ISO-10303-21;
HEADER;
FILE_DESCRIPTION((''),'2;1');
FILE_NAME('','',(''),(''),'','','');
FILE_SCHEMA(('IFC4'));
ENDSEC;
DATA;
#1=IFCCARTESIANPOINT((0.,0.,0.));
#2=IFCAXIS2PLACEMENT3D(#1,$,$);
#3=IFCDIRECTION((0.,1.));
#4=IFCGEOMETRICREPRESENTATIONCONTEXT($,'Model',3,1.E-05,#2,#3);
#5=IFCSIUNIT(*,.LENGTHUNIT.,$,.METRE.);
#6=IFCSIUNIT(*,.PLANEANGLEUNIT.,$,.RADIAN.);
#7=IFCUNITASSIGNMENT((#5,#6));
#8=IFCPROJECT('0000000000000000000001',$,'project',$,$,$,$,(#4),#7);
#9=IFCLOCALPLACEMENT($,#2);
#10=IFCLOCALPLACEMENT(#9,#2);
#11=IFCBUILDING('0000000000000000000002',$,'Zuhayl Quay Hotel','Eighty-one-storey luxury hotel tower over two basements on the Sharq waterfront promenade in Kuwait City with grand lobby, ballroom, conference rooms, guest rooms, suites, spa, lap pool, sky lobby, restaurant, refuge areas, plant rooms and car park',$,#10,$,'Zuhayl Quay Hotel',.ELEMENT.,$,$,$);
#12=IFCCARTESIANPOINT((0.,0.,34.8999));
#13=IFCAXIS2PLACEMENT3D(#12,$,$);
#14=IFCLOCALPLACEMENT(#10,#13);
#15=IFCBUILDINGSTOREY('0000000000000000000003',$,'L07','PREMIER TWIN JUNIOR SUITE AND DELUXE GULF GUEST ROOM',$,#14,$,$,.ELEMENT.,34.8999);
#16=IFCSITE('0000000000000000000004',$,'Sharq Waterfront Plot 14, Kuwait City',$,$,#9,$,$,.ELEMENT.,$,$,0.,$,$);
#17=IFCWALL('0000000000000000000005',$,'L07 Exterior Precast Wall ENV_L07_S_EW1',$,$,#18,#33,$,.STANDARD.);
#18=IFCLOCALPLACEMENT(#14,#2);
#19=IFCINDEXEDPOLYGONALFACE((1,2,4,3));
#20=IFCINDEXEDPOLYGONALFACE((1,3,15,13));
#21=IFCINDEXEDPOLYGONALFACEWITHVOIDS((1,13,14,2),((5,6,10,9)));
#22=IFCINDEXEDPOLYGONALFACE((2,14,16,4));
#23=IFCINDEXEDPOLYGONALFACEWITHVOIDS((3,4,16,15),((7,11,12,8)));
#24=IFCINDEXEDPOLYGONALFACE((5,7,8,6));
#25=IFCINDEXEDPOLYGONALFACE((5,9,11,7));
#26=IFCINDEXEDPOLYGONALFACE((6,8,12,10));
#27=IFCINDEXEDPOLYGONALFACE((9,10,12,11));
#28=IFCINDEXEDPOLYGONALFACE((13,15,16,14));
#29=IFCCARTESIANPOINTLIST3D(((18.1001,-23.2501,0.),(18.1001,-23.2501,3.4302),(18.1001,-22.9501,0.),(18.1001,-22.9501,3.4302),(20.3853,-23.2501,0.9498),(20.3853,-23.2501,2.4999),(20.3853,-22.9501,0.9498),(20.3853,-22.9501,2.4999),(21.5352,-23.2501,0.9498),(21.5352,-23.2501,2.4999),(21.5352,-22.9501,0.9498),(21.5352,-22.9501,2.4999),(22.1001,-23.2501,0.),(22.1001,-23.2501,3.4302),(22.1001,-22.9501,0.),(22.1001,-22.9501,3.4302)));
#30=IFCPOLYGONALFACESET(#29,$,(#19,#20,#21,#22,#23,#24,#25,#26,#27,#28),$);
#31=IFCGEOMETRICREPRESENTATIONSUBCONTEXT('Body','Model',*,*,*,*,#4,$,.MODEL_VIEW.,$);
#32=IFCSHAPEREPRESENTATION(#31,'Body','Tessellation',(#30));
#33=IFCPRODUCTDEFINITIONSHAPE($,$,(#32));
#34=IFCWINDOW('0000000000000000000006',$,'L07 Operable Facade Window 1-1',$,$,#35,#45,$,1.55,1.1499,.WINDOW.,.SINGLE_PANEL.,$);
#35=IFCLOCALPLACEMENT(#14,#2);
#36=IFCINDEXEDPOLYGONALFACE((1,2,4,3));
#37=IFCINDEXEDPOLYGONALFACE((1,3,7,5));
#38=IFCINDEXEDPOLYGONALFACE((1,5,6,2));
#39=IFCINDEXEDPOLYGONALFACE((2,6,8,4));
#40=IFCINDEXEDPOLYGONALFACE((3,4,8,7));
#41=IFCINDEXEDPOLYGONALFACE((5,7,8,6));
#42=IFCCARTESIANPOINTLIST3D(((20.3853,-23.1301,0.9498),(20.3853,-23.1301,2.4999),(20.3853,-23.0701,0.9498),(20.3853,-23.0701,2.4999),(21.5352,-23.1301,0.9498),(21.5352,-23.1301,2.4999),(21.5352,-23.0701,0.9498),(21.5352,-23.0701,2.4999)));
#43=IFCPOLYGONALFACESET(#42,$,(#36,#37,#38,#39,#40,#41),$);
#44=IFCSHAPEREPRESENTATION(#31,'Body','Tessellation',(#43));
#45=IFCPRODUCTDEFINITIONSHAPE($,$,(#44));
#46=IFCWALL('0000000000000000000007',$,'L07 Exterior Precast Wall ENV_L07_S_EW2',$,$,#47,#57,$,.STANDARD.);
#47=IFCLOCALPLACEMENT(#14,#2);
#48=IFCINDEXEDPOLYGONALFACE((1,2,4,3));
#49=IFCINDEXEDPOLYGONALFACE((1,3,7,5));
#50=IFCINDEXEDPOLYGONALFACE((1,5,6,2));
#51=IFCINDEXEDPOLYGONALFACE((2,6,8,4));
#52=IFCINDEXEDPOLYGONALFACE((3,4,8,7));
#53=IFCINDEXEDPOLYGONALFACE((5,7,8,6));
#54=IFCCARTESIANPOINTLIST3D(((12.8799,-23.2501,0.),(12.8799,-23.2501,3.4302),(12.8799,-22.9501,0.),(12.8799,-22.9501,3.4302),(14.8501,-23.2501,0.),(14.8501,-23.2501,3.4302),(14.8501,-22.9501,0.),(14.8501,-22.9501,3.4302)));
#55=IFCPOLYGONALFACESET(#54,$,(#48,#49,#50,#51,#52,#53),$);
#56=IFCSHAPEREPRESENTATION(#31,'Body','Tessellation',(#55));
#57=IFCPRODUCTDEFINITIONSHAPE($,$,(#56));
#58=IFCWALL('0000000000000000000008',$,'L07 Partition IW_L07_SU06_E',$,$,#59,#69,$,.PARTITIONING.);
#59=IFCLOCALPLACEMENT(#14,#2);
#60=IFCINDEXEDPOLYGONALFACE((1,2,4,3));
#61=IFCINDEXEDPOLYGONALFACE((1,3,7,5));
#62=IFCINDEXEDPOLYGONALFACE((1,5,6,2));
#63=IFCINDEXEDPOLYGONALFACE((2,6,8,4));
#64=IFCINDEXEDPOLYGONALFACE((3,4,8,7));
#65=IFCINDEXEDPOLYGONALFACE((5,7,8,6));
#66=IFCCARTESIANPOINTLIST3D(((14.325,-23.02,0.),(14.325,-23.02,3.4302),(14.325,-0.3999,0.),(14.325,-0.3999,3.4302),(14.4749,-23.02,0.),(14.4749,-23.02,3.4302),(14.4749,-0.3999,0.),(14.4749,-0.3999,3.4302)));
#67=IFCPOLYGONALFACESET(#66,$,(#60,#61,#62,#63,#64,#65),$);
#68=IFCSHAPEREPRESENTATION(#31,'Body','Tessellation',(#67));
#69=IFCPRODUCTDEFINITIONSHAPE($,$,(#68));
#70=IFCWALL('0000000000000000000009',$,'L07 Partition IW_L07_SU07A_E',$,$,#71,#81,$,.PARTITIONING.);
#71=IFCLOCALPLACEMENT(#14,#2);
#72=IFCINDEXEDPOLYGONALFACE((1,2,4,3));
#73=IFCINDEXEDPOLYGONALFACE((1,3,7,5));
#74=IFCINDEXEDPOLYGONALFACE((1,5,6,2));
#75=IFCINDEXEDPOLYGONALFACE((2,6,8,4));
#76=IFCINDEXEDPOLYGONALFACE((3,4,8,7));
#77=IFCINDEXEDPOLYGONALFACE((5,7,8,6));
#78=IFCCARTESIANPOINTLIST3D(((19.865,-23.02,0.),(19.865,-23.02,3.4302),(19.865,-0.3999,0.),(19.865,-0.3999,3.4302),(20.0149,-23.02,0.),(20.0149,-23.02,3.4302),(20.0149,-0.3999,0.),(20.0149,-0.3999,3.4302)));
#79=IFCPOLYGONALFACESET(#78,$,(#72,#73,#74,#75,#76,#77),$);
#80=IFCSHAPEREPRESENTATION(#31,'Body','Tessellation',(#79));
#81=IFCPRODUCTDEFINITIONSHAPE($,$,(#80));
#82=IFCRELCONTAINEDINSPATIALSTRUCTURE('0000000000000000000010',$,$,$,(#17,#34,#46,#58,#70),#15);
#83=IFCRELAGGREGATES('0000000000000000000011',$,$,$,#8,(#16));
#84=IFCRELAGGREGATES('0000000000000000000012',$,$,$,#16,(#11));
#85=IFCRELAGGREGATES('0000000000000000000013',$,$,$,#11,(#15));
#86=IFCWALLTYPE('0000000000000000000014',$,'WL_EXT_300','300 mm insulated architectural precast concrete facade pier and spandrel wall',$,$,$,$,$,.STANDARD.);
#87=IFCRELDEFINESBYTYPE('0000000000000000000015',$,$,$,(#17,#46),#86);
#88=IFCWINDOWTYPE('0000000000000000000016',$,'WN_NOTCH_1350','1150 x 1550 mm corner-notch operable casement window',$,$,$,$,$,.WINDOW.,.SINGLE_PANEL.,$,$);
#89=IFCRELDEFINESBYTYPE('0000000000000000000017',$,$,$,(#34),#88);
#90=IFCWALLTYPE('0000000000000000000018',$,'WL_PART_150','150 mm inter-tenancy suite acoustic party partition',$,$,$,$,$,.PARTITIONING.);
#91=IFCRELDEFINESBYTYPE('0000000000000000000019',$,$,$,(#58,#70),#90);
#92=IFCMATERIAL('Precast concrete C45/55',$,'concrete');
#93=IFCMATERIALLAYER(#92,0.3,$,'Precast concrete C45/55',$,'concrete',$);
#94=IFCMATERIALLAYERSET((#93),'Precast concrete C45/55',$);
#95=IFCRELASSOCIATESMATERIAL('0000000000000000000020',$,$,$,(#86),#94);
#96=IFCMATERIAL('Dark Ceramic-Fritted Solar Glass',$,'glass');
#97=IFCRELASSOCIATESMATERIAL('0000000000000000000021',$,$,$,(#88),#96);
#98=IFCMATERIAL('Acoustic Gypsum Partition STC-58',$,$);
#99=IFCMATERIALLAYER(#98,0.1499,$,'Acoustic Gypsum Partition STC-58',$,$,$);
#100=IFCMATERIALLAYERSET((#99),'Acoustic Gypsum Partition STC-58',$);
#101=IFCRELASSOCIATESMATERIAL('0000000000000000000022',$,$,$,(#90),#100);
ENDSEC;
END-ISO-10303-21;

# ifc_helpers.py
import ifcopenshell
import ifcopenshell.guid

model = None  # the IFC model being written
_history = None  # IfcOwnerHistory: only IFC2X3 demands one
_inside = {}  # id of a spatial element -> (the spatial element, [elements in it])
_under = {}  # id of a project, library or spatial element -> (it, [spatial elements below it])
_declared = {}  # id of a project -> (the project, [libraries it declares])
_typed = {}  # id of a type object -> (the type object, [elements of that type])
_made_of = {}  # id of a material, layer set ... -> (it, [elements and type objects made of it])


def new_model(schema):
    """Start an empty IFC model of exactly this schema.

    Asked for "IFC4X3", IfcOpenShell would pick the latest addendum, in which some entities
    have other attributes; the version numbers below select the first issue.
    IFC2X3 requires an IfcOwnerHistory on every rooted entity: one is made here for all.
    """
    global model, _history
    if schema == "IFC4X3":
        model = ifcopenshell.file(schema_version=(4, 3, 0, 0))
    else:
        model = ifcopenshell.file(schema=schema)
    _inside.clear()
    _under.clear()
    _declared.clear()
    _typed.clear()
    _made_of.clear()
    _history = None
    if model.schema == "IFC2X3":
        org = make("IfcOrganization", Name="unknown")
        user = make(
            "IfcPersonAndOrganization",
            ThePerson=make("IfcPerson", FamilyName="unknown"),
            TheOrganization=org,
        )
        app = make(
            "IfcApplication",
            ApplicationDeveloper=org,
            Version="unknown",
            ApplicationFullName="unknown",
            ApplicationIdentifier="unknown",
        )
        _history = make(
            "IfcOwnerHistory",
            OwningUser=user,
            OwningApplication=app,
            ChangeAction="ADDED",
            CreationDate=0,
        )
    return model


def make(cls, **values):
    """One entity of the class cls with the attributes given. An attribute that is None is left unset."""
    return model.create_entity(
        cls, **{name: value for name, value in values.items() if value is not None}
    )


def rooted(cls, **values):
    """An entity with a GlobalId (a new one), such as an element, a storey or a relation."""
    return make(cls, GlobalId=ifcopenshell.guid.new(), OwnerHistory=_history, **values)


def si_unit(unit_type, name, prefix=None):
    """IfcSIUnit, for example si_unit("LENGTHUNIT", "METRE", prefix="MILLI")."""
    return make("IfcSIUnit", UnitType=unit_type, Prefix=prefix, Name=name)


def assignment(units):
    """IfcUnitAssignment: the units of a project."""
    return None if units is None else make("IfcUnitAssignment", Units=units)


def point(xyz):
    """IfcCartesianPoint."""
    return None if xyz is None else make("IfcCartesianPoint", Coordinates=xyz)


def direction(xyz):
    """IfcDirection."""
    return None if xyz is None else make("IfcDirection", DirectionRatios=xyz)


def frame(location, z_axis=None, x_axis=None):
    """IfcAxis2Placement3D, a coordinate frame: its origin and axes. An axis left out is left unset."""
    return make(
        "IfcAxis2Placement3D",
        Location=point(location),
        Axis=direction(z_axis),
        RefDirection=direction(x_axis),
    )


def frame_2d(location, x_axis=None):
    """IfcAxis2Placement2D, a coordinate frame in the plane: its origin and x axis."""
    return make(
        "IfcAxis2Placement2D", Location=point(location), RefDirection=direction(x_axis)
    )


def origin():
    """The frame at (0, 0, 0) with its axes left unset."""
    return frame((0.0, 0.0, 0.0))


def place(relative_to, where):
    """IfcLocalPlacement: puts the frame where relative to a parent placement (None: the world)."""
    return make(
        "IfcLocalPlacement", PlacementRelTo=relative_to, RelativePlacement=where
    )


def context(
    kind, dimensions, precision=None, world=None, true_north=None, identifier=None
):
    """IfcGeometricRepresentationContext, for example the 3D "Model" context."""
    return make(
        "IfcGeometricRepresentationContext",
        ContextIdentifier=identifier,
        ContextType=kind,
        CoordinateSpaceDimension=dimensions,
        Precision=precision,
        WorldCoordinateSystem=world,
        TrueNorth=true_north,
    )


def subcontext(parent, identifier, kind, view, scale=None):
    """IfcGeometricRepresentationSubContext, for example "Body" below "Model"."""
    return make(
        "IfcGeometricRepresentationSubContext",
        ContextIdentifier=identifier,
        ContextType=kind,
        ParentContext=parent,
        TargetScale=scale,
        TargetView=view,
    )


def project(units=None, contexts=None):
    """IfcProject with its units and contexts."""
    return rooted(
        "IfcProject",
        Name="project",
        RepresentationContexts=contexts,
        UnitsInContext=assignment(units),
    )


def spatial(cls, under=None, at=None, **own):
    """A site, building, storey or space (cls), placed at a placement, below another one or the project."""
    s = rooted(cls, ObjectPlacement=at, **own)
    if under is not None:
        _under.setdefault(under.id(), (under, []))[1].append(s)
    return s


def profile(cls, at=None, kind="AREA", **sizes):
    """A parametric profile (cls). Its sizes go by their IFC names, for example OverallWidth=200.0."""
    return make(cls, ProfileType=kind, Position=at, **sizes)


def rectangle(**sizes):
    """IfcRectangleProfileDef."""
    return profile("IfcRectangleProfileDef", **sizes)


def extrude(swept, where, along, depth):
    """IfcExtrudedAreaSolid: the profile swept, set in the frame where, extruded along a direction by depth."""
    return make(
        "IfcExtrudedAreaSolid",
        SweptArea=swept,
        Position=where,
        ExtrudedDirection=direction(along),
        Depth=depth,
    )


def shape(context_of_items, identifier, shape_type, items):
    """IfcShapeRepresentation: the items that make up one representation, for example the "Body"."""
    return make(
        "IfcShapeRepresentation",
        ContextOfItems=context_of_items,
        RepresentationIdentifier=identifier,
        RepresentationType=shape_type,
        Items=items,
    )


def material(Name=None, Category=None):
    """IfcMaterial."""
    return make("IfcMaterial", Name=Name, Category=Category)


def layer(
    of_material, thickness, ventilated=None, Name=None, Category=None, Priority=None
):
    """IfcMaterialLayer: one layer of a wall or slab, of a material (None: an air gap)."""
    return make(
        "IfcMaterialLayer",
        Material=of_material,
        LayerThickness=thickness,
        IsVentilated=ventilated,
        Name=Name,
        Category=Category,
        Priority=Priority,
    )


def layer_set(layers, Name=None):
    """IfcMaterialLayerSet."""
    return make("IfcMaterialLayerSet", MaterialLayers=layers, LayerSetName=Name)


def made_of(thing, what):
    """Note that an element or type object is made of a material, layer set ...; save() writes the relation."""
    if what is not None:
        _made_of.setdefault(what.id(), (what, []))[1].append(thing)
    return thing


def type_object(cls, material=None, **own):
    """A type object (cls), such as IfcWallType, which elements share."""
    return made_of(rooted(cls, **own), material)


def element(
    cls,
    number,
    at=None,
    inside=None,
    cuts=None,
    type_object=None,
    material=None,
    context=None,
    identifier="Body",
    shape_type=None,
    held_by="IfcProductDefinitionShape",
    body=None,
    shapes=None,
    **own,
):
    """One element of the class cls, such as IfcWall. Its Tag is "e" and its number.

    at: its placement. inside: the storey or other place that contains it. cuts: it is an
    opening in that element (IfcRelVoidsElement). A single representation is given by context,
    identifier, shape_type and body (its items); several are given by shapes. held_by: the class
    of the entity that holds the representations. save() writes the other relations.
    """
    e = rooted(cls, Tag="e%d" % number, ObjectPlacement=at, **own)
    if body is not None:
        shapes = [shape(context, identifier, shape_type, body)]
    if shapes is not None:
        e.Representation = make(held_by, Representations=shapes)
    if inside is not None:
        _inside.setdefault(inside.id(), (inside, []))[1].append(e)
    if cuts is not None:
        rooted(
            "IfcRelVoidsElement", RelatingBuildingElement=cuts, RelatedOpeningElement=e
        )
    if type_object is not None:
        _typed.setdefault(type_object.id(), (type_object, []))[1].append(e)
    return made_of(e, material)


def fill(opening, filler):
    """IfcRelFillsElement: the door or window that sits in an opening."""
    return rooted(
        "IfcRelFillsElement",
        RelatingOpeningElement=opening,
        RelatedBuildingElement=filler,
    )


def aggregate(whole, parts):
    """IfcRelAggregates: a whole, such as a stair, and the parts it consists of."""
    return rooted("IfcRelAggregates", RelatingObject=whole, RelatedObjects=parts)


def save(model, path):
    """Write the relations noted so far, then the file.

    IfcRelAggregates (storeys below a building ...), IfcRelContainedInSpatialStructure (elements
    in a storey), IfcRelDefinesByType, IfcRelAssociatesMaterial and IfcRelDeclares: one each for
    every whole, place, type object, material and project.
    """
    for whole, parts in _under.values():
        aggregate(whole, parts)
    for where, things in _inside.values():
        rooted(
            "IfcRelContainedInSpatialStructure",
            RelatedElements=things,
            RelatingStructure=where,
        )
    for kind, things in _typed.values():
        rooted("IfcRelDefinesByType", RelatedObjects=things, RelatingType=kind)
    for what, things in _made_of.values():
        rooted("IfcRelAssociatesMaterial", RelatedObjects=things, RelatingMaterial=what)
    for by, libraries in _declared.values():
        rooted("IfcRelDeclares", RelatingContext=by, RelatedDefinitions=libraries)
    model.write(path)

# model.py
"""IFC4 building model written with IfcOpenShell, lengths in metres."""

from ifc_helpers import new_model, si_unit, direction, frame, frame_2d, origin, place, context, subcontext, project, spatial, rectangle, extrude, material, layer, layer_set, type_object, element, fill, save


model = new_model("IFC4")

# Units and contexts
model_context = context("Model", 3, precision=1e-05, world=origin(), true_north=direction((0.0, 1.0)))
body_context = subcontext(model_context, "Body", "Model", "MODEL_VIEW")
ifc_project = project(units=[si_unit("LENGTHUNIT", "METRE"), si_unit("PLANEANGLEUNIT", "RADIAN")], contexts=[model_context])

# Site, building, storey
site_placement = place(None, origin())
site = spatial("IfcSite", under=ifc_project, at=site_placement, Name="Sharq Waterfront Plot 14, Kuwait City", CompositionType="ELEMENT", RefElevation=0.0)
building_placement = place(site_placement, origin())
building = spatial("IfcBuilding", under=site, at=building_placement, Name="Zuhayl Quay Hotel", Description="Eighty-one-storey luxury hotel tower over two basements on the Sharq waterfront promenade in Kuwait City with grand lobby, ballroom, conference rooms, guest rooms, suites, spa, lap pool, sky lobby, restaurant, refuge areas, plant rooms and car park", LongName="Zuhayl Quay Hotel", CompositionType="ELEMENT")
storey_placement = place(building_placement, frame((0.0, 0.0, 34.8999)))
storey = spatial("IfcBuildingStorey", under=building, at=storey_placement, Name="L07", Description="PREMIER TWIN JUNIOR SUITE AND DELUXE GULF GUEST ROOM", CompositionType="ELEMENT", Elevation=34.8999)

# Shared definitions
ifc_material_1 = material(Name="Dark Ceramic-Fritted Solar Glass", Category="glass")

# Shared definitions
ifc_material_2 = material(Name="Precast concrete C45/55", Category="concrete")
ifc_layer_1 = layer(ifc_material_2, 0.3, Name="Precast concrete C45/55", Category="concrete")
ifc_layer_set_1 = layer_set([ifc_layer_1], Name="Precast concrete C45/55")
wall_type_1 = type_object("IfcWallType", Name="WL_EXT_300", Description="300 mm insulated architectural precast concrete facade pier and spandrel wall", PredefinedType="STANDARD", material=ifc_layer_set_1)

# Wall, opening, window
wall_1_placement = place(storey_placement, frame((22.1001, -23.1001, 0.0), z_axis=(0.0, 0.0, 1.0), x_axis=(-1.0, 0.0, 0.0)))
wall_1 = element("IfcWall", 1, at=wall_1_placement, inside=storey, type_object=wall_type_1, Name="L07 Exterior Precast Wall ENV_L07_S_EW1", PredefinedType="STANDARD", context=body_context, shape_type="SweptSolid", body=[
    extrude(rectangle(XDim=4.0, YDim=0.3, at=frame_2d((2.0, 0.0))), origin(), (0.0, 0.0, 1.0), 3.4302),
])
opening_placement = place(wall_1_placement, frame((0.5649, 0.0, 0.95)))
opening = element("IfcOpeningElement", 2, at=opening_placement, cuts=wall_1, PredefinedType="OPENING", context=body_context, shape_type="SweptSolid", body=[
    extrude(rectangle(XDim=1.1499, YDim=1.55, at=frame_2d((0.575, 0.7749))), frame((0.0, 0.1599, 0.0), z_axis=(0.0, -1.0, 0.0), x_axis=(1.0, 0.0, 0.0)), (0.0, 0.0, 1.0), 0.3201),
])
window_type = type_object("IfcWindowType", Name="WN_NOTCH_1350", Description="1150 x 1550 mm corner-notch operable casement window", PartitioningType="SINGLE_PANEL", PredefinedType="WINDOW", material=ifc_material_1)
window_placement = place(opening_placement, origin())
window = element("IfcWindow", 3, at=window_placement, inside=storey, type_object=window_type, Name="L07 Operable Facade Window 1-1", OverallHeight=1.55, OverallWidth=1.1499, PartitioningType="SINGLE_PANEL", PredefinedType="WINDOW", context=body_context, shape_type="SweptSolid", body=[
    extrude(rectangle(XDim=1.1499, YDim=1.55, at=frame_2d((0.575, 0.7749))), frame((0.0, 0.03, 0.0), z_axis=(0.0, -1.0, 0.0), x_axis=(1.0, 0.0, 0.0)), (0.0, 0.0, 1.0), 0.0601),
])
fill(opening, window)

# Walls
wall_2_placement = place(storey_placement, frame((14.8501, -23.1001, 0.0), z_axis=(0.0, 0.0, 1.0), x_axis=(-1.0, 0.0, 0.0)))
element("IfcWall", 4, at=wall_2_placement, inside=storey, type_object=wall_type_1, Name="L07 Exterior Precast Wall ENV_L07_S_EW2", PredefinedType="STANDARD", context=body_context, shape_type="SweptSolid", body=[
    extrude(rectangle(XDim=1.9702, YDim=0.3, at=frame_2d((0.9851, 0.0))), origin(), (0.0, 0.0, 1.0), 3.4302),
])
ifc_material_3 = material(Name="Acoustic Gypsum Partition STC-58")
ifc_layer_2 = layer(ifc_material_3, 0.1499, Name="Acoustic Gypsum Partition STC-58")
ifc_layer_set_2 = layer_set([ifc_layer_2], Name="Acoustic Gypsum Partition STC-58")
wall_type_2 = type_object("IfcWallType", Name="WL_PART_150", Description="150 mm inter-tenancy suite acoustic party partition", PredefinedType="PARTITIONING", material=ifc_layer_set_2)
for number, where, z_axis, x_axis, name in (
    (5, (14.3999, -23.02, 0.0), (0.0, 0.0, 1.0), (0.0, 1.0, 0.0), "L07 Partition IW_L07_SU06_E"),
    (6, (19.9399, -23.02, 0.0), (0.0, 0.0, 1.0), (0.0, 1.0, 0.0), "L07 Partition IW_L07_SU07A_E"),
):
    element("IfcWall", number, at=place(storey_placement, frame(where, z_axis=z_axis, x_axis=x_axis)), inside=storey, type_object=wall_type_2, Name=name, PredefinedType="PARTITIONING", context=body_context, shape_type="SweptSolid", body=[
        extrude(rectangle(XDim=22.6201, YDim=0.1499, at=frame_2d((11.3101, 0.0))), origin(), (0.0, 0.0, 1.0), 3.4302),
    ])

save(model, "model.ifc")
